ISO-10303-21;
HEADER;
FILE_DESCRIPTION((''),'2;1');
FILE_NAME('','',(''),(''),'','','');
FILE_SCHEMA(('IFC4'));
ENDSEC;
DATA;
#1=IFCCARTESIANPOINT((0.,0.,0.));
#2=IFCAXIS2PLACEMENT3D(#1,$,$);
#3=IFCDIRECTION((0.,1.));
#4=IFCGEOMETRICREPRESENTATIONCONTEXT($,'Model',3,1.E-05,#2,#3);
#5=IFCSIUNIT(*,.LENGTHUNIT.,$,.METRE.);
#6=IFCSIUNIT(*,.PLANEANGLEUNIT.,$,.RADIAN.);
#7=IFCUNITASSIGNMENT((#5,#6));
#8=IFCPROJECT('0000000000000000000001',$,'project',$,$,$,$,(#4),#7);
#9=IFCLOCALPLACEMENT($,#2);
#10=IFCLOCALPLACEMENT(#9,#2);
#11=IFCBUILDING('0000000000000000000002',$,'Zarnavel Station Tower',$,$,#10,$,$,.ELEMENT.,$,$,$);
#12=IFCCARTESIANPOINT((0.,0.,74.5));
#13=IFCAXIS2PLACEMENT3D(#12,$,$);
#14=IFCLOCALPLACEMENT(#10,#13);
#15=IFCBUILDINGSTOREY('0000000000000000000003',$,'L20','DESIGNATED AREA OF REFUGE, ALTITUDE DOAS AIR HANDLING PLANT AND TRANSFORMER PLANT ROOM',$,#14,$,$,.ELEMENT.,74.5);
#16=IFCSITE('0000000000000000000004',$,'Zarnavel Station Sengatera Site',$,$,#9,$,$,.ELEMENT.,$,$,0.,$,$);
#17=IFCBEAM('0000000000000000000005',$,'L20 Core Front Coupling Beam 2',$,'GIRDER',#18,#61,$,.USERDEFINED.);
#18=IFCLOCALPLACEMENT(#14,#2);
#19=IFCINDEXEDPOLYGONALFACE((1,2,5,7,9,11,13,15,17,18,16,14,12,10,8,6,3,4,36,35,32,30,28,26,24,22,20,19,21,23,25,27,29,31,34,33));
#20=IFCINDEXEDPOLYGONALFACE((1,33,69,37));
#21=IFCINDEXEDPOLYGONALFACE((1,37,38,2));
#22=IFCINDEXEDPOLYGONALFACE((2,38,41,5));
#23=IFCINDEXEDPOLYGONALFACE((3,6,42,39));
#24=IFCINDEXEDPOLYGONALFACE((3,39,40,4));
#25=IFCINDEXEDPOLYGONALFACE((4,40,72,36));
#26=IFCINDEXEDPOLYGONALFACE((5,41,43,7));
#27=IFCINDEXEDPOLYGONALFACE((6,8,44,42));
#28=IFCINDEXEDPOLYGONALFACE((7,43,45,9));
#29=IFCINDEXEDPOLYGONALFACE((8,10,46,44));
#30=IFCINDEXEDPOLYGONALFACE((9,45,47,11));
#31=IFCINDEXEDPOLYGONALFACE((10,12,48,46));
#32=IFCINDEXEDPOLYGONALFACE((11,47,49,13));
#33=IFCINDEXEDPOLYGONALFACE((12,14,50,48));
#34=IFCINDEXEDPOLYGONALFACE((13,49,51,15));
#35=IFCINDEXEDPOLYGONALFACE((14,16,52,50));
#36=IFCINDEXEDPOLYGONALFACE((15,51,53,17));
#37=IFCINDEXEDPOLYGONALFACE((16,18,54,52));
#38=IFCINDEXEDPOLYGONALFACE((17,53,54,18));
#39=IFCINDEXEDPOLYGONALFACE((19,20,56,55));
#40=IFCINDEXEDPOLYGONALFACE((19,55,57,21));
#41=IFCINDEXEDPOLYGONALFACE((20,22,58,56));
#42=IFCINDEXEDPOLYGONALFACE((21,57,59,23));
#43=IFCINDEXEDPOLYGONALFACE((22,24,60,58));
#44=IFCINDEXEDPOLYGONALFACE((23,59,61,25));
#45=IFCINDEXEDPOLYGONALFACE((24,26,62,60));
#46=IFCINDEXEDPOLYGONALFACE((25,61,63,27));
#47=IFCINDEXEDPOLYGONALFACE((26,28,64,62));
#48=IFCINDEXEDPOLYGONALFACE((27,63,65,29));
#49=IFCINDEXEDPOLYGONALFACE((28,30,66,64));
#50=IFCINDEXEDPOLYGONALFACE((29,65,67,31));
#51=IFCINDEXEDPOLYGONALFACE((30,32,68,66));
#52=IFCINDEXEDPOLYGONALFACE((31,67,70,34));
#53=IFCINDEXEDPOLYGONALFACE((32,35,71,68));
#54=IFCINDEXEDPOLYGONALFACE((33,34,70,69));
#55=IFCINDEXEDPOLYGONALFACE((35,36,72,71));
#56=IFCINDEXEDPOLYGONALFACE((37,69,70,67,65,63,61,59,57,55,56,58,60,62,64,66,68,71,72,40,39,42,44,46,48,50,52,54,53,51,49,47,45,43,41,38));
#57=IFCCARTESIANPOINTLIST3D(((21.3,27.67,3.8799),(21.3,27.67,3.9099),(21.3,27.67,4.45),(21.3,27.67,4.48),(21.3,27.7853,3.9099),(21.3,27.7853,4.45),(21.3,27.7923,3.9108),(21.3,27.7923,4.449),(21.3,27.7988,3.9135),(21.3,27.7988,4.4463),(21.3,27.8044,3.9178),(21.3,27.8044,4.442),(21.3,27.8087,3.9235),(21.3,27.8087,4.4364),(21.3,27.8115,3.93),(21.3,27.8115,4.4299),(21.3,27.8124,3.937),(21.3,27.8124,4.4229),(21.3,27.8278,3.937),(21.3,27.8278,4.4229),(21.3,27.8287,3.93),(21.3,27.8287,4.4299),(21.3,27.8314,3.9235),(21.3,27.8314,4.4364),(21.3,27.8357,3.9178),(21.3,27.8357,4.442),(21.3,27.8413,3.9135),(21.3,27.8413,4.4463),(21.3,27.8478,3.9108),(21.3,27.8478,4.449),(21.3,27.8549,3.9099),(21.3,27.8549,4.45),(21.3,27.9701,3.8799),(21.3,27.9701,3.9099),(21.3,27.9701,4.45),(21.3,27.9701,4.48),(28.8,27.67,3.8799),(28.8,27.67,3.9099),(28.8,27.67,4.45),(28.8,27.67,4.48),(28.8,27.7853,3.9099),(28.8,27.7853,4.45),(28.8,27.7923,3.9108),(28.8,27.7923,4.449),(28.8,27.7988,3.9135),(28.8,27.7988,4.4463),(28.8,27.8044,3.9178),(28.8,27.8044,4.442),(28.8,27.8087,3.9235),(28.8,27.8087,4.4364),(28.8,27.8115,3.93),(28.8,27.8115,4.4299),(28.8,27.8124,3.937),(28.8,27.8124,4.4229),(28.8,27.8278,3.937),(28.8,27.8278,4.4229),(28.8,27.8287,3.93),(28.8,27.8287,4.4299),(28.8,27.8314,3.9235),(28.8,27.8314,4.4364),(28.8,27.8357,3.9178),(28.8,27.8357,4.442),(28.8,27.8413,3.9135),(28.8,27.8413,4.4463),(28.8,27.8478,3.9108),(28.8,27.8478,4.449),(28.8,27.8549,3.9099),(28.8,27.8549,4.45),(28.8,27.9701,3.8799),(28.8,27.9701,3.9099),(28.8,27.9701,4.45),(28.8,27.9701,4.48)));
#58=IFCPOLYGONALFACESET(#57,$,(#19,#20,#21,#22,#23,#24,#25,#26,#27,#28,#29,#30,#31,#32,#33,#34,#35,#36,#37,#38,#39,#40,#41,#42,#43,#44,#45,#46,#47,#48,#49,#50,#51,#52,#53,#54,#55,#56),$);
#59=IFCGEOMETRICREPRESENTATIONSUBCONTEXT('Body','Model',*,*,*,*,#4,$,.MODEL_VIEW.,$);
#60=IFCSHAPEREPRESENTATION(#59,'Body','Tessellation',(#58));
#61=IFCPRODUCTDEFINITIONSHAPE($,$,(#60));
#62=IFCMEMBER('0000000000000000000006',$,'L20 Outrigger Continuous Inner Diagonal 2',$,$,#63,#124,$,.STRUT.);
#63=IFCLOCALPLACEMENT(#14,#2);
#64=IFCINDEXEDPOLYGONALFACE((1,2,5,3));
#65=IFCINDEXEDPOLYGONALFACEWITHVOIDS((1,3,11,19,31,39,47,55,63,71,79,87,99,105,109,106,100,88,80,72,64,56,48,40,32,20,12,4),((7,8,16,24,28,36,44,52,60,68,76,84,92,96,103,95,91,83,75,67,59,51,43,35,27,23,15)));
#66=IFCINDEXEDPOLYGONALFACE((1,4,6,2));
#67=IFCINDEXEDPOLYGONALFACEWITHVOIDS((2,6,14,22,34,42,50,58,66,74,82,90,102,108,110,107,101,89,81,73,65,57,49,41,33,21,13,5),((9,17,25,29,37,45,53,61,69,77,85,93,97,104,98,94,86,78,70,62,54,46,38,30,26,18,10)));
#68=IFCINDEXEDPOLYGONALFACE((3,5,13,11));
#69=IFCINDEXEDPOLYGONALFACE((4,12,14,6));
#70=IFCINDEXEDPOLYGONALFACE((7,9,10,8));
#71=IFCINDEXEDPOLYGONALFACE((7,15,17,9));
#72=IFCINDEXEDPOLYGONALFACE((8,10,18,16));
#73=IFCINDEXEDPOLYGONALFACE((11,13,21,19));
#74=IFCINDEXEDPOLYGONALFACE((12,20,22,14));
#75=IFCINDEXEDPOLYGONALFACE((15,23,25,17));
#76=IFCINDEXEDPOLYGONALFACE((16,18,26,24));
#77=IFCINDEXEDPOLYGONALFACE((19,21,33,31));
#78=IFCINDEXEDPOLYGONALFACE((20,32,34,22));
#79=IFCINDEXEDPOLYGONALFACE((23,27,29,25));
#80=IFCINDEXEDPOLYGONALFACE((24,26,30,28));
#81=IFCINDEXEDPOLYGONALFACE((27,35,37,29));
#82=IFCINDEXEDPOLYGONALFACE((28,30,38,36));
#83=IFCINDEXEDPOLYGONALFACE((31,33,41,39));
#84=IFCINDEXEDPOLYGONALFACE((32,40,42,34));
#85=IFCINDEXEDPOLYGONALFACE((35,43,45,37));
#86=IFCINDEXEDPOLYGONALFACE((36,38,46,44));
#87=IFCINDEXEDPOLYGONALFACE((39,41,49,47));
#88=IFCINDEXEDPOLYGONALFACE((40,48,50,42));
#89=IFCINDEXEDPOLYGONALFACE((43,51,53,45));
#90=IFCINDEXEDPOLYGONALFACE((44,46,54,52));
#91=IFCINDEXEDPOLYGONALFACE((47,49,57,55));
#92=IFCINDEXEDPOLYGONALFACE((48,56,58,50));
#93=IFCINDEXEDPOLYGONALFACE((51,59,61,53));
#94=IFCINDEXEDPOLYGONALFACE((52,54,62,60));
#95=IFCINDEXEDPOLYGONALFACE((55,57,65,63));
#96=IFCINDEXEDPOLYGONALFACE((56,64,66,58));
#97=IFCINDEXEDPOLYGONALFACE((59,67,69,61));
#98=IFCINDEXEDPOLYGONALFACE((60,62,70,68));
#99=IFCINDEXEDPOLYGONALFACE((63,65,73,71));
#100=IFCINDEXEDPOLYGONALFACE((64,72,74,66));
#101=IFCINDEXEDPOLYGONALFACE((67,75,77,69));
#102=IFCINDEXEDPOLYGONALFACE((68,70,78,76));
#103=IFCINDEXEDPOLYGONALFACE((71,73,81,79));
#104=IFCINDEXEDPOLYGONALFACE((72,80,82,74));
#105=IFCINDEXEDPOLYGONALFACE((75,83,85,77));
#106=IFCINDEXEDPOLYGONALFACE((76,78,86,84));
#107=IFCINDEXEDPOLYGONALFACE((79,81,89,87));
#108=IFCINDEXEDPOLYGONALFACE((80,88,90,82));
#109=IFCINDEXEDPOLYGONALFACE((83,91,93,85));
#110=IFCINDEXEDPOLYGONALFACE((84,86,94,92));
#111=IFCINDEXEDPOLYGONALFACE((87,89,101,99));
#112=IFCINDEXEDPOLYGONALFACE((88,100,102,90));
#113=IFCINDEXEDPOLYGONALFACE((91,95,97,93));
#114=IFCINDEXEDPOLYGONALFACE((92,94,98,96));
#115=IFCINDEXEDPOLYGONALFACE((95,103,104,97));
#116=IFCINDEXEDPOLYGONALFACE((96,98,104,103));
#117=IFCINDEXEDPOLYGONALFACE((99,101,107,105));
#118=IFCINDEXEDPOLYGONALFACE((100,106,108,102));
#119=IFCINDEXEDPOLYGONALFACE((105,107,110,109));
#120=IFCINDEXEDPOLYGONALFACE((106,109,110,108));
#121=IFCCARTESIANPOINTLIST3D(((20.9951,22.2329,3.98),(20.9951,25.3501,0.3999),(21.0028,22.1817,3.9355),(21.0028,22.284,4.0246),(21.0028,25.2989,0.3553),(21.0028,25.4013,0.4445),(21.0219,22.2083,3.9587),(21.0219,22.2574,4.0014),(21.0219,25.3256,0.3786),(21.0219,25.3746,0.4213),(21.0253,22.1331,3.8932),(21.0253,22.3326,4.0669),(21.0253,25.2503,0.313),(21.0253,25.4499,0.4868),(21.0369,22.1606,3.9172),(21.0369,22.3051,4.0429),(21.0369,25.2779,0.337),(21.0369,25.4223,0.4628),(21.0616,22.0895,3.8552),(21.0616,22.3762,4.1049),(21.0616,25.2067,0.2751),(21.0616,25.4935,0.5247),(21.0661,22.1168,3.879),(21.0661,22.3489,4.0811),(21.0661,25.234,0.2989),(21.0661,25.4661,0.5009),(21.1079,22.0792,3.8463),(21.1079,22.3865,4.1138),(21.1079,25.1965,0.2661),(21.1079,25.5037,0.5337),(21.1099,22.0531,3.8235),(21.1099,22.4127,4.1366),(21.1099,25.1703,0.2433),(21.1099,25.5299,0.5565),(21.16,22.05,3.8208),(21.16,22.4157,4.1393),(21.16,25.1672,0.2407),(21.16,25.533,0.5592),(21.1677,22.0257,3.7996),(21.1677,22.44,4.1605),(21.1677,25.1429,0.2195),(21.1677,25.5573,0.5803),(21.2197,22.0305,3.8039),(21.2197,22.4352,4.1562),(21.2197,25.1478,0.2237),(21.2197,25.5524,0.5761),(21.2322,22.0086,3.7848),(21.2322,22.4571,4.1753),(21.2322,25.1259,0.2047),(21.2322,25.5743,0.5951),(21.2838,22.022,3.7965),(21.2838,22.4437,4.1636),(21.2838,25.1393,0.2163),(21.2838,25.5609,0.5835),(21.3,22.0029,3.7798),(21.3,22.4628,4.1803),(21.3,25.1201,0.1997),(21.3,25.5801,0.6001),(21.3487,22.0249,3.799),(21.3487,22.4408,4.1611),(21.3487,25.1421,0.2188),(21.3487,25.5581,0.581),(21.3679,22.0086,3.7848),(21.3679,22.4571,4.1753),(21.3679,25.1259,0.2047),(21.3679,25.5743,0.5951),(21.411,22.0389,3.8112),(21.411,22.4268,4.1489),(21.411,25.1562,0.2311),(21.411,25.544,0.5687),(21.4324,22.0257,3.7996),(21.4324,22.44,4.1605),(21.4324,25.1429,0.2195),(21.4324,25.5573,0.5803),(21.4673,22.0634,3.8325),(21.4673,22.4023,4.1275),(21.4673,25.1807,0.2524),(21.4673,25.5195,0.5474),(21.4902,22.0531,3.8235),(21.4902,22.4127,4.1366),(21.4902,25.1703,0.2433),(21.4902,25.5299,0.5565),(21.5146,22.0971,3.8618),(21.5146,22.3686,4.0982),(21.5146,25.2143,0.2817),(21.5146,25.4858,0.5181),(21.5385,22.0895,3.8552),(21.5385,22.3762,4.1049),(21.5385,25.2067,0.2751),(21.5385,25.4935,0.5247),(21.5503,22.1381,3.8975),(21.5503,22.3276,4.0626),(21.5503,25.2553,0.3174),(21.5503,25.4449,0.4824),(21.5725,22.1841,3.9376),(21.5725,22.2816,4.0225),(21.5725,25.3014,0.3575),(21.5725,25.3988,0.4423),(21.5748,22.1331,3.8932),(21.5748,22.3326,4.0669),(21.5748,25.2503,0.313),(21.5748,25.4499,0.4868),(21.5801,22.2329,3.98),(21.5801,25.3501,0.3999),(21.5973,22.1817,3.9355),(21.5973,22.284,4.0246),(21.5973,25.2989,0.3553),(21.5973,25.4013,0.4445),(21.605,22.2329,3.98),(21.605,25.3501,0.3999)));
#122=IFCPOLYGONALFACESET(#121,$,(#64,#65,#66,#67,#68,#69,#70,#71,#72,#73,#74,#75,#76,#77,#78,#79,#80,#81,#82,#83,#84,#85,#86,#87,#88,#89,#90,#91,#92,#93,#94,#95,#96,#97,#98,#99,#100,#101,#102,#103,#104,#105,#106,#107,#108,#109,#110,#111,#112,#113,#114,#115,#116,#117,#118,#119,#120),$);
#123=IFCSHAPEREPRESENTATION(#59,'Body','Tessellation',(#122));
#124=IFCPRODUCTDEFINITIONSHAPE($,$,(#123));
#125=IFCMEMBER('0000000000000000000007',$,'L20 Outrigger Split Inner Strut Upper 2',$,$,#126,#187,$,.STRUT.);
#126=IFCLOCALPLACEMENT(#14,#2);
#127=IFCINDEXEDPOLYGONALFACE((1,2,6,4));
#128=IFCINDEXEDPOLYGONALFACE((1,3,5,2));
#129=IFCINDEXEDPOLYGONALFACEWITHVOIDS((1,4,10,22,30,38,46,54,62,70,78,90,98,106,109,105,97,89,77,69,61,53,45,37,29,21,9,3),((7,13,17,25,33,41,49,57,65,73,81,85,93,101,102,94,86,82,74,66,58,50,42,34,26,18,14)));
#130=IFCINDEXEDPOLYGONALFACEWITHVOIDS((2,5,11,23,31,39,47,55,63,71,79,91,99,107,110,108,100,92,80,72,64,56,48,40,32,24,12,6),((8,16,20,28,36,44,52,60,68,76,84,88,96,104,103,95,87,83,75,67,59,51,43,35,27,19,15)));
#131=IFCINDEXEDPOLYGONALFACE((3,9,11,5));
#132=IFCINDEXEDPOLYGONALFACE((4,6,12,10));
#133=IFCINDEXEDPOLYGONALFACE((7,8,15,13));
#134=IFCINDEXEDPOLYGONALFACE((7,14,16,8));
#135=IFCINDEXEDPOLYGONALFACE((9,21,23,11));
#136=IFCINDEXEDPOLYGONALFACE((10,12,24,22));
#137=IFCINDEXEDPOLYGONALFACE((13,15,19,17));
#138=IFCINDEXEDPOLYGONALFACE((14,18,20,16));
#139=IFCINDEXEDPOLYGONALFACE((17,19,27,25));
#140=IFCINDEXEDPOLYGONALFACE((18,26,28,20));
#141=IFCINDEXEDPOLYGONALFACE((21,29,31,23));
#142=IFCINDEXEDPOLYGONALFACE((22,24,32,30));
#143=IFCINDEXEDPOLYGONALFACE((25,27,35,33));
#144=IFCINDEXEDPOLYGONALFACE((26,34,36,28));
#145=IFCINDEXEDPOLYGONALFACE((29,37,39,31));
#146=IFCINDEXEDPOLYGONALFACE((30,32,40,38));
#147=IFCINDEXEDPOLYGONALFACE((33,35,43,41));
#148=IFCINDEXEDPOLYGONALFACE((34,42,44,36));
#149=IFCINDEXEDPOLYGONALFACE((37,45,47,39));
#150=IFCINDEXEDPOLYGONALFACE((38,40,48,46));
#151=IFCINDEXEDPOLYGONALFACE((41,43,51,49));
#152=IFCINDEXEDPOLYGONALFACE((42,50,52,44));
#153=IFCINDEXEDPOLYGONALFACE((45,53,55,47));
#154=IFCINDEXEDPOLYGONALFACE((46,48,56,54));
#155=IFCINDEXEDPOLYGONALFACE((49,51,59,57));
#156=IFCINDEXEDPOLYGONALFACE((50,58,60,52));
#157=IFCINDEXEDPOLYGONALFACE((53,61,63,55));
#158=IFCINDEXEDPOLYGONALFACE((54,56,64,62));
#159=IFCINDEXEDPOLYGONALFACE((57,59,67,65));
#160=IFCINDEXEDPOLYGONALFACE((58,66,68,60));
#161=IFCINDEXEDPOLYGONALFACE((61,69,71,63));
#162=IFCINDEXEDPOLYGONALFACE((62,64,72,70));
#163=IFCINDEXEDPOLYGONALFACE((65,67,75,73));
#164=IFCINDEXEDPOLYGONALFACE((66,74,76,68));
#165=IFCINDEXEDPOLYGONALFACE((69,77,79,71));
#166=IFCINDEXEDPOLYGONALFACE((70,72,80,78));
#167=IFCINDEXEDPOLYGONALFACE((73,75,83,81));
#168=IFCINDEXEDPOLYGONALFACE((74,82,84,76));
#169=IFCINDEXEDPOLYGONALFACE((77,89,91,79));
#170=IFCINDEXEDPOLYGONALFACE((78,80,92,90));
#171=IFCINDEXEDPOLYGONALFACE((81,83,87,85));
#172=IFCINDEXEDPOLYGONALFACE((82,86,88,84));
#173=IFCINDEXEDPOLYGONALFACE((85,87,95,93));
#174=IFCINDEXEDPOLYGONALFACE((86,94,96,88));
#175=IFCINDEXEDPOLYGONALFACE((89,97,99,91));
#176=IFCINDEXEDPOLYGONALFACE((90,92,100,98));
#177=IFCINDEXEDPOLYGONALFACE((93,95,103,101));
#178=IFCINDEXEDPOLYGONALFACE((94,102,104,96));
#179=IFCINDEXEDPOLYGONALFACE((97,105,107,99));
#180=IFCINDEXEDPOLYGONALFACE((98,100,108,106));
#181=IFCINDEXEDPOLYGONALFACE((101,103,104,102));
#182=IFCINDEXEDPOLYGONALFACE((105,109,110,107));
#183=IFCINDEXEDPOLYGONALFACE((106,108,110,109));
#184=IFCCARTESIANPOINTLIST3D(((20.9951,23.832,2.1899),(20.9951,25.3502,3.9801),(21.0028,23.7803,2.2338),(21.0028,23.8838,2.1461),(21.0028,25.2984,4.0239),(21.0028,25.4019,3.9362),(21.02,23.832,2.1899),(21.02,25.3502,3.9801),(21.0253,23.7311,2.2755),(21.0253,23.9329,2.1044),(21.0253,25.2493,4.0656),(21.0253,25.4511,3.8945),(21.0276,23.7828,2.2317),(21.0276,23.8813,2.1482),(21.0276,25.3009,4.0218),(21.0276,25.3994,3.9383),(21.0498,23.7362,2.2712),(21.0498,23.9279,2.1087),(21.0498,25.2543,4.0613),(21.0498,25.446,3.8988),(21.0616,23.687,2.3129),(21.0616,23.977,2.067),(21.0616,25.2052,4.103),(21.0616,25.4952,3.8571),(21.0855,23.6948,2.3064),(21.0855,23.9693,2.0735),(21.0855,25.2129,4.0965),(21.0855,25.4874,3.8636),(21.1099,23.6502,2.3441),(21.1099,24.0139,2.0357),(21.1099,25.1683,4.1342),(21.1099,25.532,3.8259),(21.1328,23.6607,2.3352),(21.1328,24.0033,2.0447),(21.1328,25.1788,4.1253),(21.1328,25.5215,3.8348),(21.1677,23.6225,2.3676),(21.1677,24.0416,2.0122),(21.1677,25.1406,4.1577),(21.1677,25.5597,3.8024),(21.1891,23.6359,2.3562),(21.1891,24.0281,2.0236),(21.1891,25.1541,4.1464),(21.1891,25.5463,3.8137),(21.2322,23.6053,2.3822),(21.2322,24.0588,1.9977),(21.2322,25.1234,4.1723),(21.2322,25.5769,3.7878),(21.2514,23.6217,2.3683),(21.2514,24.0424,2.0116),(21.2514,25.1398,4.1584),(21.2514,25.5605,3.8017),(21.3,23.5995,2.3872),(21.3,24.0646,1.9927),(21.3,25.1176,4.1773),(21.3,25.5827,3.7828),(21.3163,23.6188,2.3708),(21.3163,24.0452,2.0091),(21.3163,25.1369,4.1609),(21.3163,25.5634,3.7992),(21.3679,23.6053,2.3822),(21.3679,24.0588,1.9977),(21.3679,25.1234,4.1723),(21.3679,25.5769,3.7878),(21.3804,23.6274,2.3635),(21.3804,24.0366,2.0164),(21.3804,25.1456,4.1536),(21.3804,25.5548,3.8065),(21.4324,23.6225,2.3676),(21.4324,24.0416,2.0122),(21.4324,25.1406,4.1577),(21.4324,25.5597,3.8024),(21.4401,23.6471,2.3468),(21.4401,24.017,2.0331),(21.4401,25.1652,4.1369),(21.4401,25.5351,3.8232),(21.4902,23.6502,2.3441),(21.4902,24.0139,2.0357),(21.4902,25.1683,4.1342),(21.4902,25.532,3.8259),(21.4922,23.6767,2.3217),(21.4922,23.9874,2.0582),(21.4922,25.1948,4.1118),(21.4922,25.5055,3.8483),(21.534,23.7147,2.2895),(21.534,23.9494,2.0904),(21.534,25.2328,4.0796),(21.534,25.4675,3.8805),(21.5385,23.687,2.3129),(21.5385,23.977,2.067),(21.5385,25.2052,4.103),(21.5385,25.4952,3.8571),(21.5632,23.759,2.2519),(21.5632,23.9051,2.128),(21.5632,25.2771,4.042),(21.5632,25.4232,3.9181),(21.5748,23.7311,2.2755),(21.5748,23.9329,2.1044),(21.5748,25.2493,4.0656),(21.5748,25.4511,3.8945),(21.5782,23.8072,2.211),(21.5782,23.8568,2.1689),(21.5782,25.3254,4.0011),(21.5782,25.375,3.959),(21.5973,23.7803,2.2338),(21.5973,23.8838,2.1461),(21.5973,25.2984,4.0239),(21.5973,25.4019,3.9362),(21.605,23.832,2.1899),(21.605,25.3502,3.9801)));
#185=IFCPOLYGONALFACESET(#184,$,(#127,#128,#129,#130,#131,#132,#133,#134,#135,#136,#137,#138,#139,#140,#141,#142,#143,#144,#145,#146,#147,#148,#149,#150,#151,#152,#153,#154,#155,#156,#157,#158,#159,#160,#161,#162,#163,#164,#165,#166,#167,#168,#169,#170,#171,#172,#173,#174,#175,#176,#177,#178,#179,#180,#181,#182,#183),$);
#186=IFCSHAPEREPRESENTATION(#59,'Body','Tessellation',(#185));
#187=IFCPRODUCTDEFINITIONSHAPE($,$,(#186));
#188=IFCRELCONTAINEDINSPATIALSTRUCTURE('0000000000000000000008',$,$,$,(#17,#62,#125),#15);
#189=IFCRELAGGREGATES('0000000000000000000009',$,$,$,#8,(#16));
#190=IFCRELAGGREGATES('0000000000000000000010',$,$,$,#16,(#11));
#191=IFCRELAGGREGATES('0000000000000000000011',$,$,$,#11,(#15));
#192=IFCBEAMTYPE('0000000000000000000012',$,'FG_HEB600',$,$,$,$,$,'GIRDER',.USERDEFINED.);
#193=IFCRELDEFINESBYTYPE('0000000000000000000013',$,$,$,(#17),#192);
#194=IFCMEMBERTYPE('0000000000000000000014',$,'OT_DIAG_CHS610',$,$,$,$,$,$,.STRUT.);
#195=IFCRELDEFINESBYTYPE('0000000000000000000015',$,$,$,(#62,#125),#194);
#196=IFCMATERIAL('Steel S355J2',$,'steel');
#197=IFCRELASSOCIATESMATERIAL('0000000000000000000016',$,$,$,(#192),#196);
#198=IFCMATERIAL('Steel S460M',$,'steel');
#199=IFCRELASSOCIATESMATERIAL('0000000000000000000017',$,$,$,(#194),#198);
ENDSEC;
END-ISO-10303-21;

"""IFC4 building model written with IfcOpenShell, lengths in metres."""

from ifc_helpers import new_model, si_unit, direction, frame, origin, origin_2d, place, context, subcontext, project, spatial, hollow_circle, i_section, extrude, material, material_profile, profile_set, type_object, element, save


model = new_model("IFC4")

# Units and contexts
model_context = context("Model", 3, precision=1e-05, world=origin(), true_north=direction((0.0, 1.0)))
body_context = subcontext(model_context, "Body", "Model", "MODEL_VIEW")
ifc_project = project(units=[si_unit("LENGTHUNIT", "METRE"), si_unit("PLANEANGLEUNIT", "RADIAN")], contexts=[model_context])

# Site, building, storey
site_placement = place(None, origin())
site = spatial("IfcSite", under=ifc_project, at=site_placement, Name="Zarnavel Station Sengatera Site", CompositionType="ELEMENT", RefElevation=0.0)
building_placement = place(site_placement, origin())
building = spatial("IfcBuilding", under=site, at=building_placement, Name="Zarnavel Station Tower", CompositionType="ELEMENT")
storey_placement = place(building_placement, frame((0.0, 0.0, 74.5)))
storey = spatial("IfcBuildingStorey", under=building, at=storey_placement, Name="L20", Description="DESIGNATED AREA OF REFUGE, ALTITUDE DOAS AIR HANDLING PLANT AND TRANSFORMER PLANT ROOM", CompositionType="ELEMENT", Elevation=74.5)

# Beam
ifc_material_1 = material(Name="Steel S355J2", Category="steel")
ifc_material_profile_1 = material_profile(ifc_material_1, i_section(OverallWidth=0.3, OverallDepth=0.6001, WebThickness=0.0154, FlangeThickness=0.03, FilletRadius=0.0271, at=origin_2d()), Name="HEB600")
ifc_profile_set_1 = profile_set([ifc_material_profile_1], Name="Steel S355J2")
beam_type_1 = type_object("IfcBeamType", Name="FG_HEB600", ElementType="GIRDER", PredefinedType="USERDEFINED", material=ifc_profile_set_1)
beam_1_placement = place(storey_placement, frame((21.3, 27.8201, 4.1799), z_axis=(1.0, 0.0, 0.0), x_axis=(0.0, 1.0, 0.0)))
element("IfcBeam", 1, at=beam_1_placement, inside=storey, type_object=beam_type_1, Name="L20 Core Front Coupling Beam 2", ObjectType="GIRDER", PredefinedType="USERDEFINED", context=body_context, shape_type="SweptSolid", body=[
    extrude(i_section(OverallWidth=0.3, OverallDepth=0.6001, WebThickness=0.0154, FlangeThickness=0.03, FilletRadius=0.0271, at=origin_2d()), origin(), (0.0, 0.0, 1.0), 7.5),
])

# Members
ifc_material_2 = material(Name="Steel S460M", Category="steel")
ifc_material_profile_2 = material_profile(ifc_material_2, hollow_circle(Radius=0.3049, WallThickness=0.0249, at=origin_2d()), Name="CHS610x25")
ifc_profile_set_2 = profile_set([ifc_material_profile_2], Name="Steel S460M")
member_type_1 = type_object("IfcMemberType", Name="OT_DIAG_CHS610", PredefinedType="STRUT", material=ifc_profile_set_2)
member_1_placement = place(storey_placement, frame((21.3, 25.3501, 0.3999), z_axis=(0.0, -0.656668, 0.75418), x_axis=(1.0, 0.0, 0.0)))
element("IfcMember", 2, at=member_1_placement, inside=storey, type_object=member_type_1, Name="L20 Outrigger Continuous Inner Diagonal 2", PredefinedType="STRUT", context=body_context, shape_type="SweptSolid", body=[
    extrude(hollow_circle(Radius=0.3049, WallThickness=0.0249, at=origin_2d()), origin(), (0.0, 0.0, 1.0), 4.7471),
])
member_2_placement = place(storey_placement, frame((21.3, 23.832, 2.1899), z_axis=(0.0, 0.64679, 0.762668), x_axis=(-1.0, 0.0, 0.0)))
element("IfcMember", 3, at=member_2_placement, inside=storey, type_object=member_type_1, Name="L20 Outrigger Split Inner Strut Upper 2", PredefinedType="STRUT", context=body_context, shape_type="SweptSolid", body=[
    extrude(hollow_circle(Radius=0.3049, WallThickness=0.0249, at=origin_2d()), origin(), (0.0, 0.0, 1.0), 2.3472),
])

save(model, "model.ifc")
